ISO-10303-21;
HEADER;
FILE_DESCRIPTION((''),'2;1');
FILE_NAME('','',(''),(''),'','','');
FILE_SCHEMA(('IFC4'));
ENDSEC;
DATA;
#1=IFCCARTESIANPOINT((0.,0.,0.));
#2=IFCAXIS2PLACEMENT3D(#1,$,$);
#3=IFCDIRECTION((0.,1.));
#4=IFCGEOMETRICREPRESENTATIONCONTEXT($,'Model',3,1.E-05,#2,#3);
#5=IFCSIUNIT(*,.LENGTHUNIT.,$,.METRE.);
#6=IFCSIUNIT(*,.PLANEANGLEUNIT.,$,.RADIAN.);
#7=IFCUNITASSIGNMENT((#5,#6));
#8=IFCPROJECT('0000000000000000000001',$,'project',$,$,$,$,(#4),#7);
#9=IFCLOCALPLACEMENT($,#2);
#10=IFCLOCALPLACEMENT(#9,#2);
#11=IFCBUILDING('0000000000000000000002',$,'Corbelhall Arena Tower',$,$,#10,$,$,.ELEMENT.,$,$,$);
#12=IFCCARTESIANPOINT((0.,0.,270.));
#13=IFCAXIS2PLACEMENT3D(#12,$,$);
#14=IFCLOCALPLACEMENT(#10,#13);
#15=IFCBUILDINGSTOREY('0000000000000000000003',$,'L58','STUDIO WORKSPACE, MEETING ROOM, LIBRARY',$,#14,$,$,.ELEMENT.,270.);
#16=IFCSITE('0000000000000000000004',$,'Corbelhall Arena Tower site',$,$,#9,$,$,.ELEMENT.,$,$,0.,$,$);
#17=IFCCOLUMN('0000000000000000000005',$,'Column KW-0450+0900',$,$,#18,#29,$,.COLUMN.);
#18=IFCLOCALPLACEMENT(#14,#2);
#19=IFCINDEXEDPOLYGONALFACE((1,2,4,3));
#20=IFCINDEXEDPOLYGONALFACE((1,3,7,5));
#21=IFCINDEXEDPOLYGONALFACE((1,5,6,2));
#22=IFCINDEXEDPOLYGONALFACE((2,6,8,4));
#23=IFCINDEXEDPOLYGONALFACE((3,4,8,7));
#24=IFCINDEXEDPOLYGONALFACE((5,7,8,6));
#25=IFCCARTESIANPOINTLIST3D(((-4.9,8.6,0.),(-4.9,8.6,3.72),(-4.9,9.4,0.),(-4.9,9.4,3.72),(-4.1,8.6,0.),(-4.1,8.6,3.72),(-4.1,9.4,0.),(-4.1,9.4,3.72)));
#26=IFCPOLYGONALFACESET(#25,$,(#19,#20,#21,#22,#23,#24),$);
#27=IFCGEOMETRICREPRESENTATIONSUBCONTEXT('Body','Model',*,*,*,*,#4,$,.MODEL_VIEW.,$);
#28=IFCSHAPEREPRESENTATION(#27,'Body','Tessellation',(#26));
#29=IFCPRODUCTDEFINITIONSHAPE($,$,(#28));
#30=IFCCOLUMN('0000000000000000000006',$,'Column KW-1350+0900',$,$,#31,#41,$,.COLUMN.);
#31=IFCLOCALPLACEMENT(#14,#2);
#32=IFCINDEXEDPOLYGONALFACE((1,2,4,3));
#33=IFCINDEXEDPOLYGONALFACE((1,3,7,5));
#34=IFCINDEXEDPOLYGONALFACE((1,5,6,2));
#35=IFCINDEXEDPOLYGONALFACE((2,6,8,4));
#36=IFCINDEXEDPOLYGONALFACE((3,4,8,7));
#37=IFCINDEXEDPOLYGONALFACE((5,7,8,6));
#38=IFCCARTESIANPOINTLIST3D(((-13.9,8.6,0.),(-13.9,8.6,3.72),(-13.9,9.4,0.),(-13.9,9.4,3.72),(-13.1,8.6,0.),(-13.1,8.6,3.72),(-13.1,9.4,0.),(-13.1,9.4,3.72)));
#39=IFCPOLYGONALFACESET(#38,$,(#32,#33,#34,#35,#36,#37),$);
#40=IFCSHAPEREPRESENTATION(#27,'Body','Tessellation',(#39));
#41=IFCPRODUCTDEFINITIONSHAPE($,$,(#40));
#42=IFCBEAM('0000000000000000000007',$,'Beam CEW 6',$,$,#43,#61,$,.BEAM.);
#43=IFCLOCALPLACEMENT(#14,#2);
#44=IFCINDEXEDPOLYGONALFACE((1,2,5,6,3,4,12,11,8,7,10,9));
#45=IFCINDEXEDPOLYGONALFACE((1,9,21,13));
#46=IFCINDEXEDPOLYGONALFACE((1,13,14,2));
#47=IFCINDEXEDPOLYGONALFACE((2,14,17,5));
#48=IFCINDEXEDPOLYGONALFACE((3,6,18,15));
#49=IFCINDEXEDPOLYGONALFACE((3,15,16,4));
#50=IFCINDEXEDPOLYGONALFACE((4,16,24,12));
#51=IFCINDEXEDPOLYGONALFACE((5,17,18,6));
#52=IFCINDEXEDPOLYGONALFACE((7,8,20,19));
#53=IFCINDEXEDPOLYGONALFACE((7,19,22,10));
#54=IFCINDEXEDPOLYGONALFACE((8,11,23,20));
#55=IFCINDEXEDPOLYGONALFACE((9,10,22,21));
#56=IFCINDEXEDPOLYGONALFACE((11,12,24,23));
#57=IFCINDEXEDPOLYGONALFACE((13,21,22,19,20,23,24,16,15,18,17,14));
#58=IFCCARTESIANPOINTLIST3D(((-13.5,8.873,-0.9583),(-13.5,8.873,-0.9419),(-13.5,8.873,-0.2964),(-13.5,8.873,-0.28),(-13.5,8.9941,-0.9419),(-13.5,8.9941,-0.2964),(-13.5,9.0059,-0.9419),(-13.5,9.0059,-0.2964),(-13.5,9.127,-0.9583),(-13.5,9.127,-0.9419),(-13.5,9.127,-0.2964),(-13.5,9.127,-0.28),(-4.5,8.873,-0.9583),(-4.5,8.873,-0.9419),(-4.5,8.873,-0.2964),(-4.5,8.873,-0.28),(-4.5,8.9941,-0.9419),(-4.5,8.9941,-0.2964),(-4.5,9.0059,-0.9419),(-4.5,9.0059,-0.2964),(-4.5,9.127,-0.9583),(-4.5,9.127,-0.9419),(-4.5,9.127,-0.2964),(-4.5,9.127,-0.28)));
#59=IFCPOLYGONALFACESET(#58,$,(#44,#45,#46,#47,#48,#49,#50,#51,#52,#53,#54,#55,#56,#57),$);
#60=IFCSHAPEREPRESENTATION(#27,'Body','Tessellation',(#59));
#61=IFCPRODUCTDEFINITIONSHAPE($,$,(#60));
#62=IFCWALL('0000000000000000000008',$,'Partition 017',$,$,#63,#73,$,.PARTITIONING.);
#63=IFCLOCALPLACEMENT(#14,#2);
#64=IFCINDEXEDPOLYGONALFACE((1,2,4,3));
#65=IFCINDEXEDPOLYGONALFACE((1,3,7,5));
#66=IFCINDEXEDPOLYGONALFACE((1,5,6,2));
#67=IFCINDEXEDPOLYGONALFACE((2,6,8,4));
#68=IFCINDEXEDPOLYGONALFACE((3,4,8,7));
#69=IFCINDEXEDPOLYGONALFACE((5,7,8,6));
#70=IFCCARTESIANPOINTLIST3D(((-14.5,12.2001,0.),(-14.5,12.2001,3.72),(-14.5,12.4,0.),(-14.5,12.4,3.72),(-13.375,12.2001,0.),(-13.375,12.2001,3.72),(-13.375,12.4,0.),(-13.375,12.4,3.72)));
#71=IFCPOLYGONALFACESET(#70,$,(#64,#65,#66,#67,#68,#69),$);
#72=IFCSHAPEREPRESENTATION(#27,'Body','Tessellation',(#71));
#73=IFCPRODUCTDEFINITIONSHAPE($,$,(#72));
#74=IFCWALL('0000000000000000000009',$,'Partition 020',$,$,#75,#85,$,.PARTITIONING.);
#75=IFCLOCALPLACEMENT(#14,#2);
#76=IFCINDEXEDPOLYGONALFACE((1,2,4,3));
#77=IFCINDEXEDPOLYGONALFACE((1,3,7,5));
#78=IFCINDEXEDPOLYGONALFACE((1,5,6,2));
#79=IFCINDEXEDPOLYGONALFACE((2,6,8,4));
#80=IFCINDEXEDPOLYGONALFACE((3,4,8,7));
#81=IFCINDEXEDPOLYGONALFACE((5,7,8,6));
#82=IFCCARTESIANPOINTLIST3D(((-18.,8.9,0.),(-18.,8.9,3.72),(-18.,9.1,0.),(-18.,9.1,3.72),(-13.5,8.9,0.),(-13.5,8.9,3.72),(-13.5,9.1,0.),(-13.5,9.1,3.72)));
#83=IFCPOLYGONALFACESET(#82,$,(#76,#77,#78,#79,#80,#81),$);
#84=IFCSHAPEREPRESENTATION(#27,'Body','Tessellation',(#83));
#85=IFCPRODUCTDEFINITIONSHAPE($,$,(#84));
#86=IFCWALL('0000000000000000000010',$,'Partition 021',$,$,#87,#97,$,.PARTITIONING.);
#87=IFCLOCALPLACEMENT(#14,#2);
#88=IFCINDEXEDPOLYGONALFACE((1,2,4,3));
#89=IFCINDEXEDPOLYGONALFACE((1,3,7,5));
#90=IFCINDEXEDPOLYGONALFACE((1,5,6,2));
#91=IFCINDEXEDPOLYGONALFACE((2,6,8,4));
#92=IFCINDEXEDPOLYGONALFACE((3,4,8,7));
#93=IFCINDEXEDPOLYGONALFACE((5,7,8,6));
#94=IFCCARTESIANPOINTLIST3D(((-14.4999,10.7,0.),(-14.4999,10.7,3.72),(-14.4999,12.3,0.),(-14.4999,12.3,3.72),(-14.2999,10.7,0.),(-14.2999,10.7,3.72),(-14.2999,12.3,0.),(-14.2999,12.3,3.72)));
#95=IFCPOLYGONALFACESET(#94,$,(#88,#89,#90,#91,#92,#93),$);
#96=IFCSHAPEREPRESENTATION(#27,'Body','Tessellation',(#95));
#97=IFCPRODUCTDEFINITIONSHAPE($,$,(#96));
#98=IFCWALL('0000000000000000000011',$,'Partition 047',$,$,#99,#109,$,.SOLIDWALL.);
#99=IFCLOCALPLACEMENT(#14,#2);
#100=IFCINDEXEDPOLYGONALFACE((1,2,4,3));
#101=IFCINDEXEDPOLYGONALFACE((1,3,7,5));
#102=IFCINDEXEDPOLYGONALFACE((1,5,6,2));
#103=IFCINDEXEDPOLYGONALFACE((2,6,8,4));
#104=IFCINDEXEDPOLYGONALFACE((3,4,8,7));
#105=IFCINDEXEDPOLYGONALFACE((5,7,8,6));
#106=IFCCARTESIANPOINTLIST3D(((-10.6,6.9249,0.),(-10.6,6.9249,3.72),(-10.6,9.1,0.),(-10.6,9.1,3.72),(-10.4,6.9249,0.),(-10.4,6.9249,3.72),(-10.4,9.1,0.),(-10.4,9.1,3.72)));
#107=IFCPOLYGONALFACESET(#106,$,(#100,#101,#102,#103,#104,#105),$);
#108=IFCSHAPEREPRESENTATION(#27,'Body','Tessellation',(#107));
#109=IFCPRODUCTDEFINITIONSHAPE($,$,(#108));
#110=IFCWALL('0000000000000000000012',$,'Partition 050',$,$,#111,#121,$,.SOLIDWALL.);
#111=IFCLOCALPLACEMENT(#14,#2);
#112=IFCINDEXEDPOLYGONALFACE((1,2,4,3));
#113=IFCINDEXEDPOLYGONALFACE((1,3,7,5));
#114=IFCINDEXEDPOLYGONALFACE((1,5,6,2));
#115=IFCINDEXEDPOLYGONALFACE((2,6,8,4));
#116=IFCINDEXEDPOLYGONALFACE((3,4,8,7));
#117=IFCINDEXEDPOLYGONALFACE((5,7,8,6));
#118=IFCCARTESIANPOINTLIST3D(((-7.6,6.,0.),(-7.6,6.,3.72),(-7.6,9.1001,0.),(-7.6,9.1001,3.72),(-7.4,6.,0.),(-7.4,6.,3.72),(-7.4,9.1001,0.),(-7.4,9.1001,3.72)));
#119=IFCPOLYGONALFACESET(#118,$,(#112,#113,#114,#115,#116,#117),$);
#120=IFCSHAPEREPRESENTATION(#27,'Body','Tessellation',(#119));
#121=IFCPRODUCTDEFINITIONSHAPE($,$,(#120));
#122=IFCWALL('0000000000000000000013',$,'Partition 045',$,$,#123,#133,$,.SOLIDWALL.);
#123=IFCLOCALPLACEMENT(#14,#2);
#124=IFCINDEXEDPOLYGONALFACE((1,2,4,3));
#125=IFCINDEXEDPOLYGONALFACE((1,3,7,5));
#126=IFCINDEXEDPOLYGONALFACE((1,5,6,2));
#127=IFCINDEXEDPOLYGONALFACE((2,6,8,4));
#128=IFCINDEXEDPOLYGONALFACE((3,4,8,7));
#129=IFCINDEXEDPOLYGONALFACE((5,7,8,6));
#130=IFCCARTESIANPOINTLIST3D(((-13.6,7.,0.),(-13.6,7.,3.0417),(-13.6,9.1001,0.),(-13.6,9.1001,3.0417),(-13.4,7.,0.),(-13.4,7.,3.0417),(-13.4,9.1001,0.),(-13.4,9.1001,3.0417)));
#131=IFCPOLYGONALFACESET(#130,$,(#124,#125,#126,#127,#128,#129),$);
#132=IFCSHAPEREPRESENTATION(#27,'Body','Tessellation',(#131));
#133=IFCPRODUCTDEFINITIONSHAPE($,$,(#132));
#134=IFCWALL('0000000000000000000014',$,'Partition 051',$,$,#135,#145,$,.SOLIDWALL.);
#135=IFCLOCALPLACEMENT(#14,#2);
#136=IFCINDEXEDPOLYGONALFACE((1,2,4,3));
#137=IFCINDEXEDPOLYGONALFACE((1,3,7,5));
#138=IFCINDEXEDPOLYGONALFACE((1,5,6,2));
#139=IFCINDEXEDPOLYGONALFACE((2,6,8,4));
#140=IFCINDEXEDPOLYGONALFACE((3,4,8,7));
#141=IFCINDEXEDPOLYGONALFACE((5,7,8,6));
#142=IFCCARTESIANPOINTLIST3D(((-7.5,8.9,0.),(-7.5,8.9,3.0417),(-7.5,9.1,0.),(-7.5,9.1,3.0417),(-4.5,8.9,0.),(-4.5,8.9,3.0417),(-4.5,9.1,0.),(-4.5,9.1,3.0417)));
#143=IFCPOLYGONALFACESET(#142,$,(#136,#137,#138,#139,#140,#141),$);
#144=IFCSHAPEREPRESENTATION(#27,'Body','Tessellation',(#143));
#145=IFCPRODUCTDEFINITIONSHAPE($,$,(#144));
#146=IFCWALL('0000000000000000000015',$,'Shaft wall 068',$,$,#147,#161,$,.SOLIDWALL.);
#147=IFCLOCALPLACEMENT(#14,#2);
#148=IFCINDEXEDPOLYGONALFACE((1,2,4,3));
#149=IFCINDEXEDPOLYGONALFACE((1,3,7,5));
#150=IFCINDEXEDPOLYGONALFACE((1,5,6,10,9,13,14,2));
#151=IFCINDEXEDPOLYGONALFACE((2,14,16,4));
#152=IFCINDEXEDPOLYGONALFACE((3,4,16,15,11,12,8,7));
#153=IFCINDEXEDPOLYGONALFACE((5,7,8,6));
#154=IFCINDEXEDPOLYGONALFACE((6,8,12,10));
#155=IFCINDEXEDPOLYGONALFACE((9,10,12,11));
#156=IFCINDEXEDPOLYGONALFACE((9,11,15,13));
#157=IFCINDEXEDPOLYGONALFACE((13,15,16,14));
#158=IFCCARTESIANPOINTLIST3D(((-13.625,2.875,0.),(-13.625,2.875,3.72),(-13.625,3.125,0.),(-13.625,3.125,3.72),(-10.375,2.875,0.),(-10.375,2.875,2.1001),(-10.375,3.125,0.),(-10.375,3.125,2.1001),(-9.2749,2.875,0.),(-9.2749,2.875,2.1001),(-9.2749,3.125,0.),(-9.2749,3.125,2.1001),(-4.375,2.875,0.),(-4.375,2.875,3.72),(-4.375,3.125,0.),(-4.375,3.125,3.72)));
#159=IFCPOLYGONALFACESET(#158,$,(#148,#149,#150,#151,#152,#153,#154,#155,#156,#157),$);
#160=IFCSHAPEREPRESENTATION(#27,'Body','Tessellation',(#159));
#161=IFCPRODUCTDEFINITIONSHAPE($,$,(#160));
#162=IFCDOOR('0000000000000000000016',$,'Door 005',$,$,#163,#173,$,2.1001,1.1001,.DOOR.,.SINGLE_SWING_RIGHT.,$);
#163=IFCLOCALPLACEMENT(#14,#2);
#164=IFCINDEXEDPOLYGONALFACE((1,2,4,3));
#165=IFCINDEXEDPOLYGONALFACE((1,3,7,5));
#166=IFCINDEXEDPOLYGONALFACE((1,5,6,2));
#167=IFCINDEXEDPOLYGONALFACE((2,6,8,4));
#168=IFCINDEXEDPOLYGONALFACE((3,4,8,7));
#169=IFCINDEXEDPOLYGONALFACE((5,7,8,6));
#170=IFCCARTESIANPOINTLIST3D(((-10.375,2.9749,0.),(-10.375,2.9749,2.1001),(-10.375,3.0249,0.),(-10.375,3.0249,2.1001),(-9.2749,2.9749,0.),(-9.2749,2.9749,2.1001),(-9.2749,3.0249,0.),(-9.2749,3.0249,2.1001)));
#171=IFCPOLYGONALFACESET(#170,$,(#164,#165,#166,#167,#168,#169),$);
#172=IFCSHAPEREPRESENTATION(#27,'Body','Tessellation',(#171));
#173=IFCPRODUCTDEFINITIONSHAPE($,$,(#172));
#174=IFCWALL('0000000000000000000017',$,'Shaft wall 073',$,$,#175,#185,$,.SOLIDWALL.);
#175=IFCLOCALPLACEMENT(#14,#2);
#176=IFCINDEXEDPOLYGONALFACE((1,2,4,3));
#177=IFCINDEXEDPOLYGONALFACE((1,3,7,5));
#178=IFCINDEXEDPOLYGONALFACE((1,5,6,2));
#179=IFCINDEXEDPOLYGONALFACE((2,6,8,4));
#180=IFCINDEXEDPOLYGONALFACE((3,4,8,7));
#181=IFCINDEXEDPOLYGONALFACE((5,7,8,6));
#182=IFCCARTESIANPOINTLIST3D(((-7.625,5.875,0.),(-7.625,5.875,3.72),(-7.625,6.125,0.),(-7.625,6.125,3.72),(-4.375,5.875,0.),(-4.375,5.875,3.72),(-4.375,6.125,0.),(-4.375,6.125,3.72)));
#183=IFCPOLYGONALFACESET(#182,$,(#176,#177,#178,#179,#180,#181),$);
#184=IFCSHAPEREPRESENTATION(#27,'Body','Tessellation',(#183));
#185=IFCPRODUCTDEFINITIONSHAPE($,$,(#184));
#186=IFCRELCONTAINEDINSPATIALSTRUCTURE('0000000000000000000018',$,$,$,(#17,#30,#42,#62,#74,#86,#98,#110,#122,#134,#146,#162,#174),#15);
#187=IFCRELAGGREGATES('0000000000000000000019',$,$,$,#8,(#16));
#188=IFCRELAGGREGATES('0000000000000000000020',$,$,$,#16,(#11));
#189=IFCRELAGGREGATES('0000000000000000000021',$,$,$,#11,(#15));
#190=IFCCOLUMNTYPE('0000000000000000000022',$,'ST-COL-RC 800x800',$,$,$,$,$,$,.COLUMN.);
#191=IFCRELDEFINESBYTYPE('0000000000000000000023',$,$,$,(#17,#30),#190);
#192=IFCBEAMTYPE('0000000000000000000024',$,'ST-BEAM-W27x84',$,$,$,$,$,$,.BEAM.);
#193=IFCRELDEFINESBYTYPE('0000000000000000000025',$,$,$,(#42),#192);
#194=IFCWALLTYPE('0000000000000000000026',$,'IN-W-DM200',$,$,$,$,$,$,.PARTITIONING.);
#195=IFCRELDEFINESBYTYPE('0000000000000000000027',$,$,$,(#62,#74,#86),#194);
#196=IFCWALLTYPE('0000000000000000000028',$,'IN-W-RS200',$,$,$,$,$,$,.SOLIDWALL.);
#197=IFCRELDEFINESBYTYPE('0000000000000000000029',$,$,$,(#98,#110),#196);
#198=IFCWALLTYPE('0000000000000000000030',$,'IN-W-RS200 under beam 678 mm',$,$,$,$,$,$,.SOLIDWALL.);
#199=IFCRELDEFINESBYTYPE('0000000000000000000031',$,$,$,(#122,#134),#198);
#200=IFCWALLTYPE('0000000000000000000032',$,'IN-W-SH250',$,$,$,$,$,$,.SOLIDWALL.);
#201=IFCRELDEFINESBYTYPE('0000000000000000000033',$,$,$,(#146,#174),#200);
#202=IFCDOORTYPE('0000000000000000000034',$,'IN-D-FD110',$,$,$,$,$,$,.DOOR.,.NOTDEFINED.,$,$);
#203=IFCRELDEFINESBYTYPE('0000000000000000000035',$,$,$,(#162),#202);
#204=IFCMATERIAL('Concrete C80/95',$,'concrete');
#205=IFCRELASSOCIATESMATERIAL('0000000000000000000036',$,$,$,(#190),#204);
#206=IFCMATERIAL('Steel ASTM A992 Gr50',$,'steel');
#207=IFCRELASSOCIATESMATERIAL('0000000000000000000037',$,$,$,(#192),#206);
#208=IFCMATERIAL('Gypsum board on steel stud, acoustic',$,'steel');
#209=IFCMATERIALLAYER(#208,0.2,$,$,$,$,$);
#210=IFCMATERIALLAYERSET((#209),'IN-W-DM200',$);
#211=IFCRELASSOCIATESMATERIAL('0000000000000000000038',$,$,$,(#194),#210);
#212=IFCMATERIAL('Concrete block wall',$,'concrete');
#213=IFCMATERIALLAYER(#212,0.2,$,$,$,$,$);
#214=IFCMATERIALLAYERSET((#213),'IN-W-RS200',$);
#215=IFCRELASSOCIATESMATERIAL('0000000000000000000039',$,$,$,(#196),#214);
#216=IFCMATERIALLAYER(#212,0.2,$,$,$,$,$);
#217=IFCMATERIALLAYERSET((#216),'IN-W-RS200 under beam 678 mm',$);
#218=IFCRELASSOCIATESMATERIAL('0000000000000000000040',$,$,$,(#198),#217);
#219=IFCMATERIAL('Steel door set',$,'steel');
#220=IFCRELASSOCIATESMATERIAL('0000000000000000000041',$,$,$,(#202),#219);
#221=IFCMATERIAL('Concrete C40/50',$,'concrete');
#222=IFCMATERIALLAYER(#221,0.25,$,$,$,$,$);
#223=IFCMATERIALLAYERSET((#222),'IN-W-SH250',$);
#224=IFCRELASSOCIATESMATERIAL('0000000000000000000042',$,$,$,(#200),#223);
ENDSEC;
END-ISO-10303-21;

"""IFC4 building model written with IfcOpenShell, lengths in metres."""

from ifc_helpers import new_model, si_unit, direction, frame, frame_2d, origin, origin_2d, place, context, subcontext, project, spatial, rectangle, i_section, extrude, material, layer, layer_set, material_profile, profile_set, type_object, element, fill, save


model = new_model("IFC4")

# Units and contexts
model_context = context("Model", 3, precision=1e-05, world=origin(), true_north=direction((0.0, 1.0)))
body_context = subcontext(model_context, "Body", "Model", "MODEL_VIEW")
ifc_project = project(units=[si_unit("LENGTHUNIT", "METRE"), si_unit("PLANEANGLEUNIT", "RADIAN")], contexts=[model_context])

# Site, building, storey
site_placement = place(None, origin())
site = spatial("IfcSite", under=ifc_project, at=site_placement, Name="Corbelhall Arena Tower site", CompositionType="ELEMENT", RefElevation=0.0)
building_placement = place(site_placement, origin())
building = spatial("IfcBuilding", under=site, at=building_placement, Name="Corbelhall Arena Tower", CompositionType="ELEMENT")
storey_placement = place(building_placement, frame((0.0, 0.0, 270.0)))
storey = spatial("IfcBuildingStorey", under=building, at=storey_placement, Name="L58", Description="STUDIO WORKSPACE, MEETING ROOM, LIBRARY", CompositionType="ELEMENT", Elevation=270.0)

# Columns
ifc_material_1 = material(Name="Concrete C80/95", Category="concrete")
ifc_material_profile_1 = material_profile(ifc_material_1, rectangle(XDim=0.8, YDim=0.8, at=origin_2d()))
ifc_profile_set_1 = profile_set([ifc_material_profile_1], Name="Concrete C80/95")
column_type = type_object("IfcColumnType", Name="ST-COL-RC 800x800", PredefinedType="COLUMN", material=ifc_profile_set_1)
for number, where, z_axis, x_axis, name in (
    (1, (-4.5, 9.0, 0.0), (0.0, 0.0, 1.0), (1.0, 0.0, 0.0), "Column KW-0450+0900"),
    (2, (-13.5, 9.0, 0.0), (0.0, 0.0, 1.0), (1.0, 0.0, 0.0), "Column KW-1350+0900"),
):
    element("IfcColumn", number, at=place(storey_placement, frame(where, z_axis=z_axis, x_axis=x_axis)), inside=storey, type_object=column_type, Name=name, PredefinedType="COLUMN", context=body_context, shape_type="SweptSolid", body=[
        extrude(rectangle(XDim=0.8, YDim=0.8, at=origin_2d()), origin(), (0.0, 0.0, 1.0), 3.72),
    ])

# Beam
ifc_material_2 = material(Name="Steel ASTM A992 Gr50", Category="steel")
ifc_material_profile_2 = material_profile(ifc_material_2, i_section(OverallWidth=0.2539, OverallDepth=0.6782, WebThickness=0.0117, FlangeThickness=0.0164, at=origin_2d()))
ifc_profile_set_2 = profile_set([ifc_material_profile_2], Name="Steel ASTM A992 Gr50")
beam_type = type_object("IfcBeamType", Name="ST-BEAM-W27x84", PredefinedType="BEAM", material=ifc_profile_set_2)
beam_placement = place(storey_placement, frame((-13.5, 9.0, -0.6191), z_axis=(1.0, 0.0, 0.0), x_axis=(0.0, 1.0, 0.0)))
element("IfcBeam", 3, at=beam_placement, inside=storey, type_object=beam_type, Name="Beam CEW 6", PredefinedType="BEAM", context=body_context, shape_type="SweptSolid", body=[
    extrude(i_section(OverallWidth=0.2539, OverallDepth=0.6782, WebThickness=0.0117, FlangeThickness=0.0164, at=origin_2d()), origin(), (0.0, 0.0, 1.0), 9.0),
])

# Walls
ifc_material_3 = material(Name="Gypsum board on steel stud, acoustic", Category="steel")
ifc_layer_1 = layer(ifc_material_3, 0.2)
ifc_layer_set_1 = layer_set([ifc_layer_1], Name="IN-W-DM200")
wall_type_1 = type_object("IfcWallType", Name="IN-W-DM200", PredefinedType="PARTITIONING", material=ifc_layer_set_1)
wall_1_placement = place(storey_placement, frame((-14.5, 12.3, 0.0), z_axis=(0.0, 0.0, 1.0), x_axis=(1.0, 0.0, 0.0)))
element("IfcWall", 4, at=wall_1_placement, inside=storey, type_object=wall_type_1, Name="Partition 017", PredefinedType="PARTITIONING", context=body_context, shape_type="SweptSolid", body=[
    extrude(rectangle(XDim=1.125, YDim=0.2, at=frame_2d((0.5625, 0.0))), origin(), (0.0, 0.0, 1.0), 3.72),
])
wall_2_placement = place(storey_placement, frame((-13.5, 9.0, 0.0), z_axis=(0.0, 0.0, 1.0), x_axis=(-1.0, 0.0, 0.0)))
element("IfcWall", 5, at=wall_2_placement, inside=storey, type_object=wall_type_1, Name="Partition 020", PredefinedType="PARTITIONING", context=body_context, shape_type="SweptSolid", body=[
    extrude(rectangle(XDim=4.5, YDim=0.2, at=frame_2d((2.25, 0.0))), origin(), (0.0, 0.0, 1.0), 3.72),
])
wall_3_placement = place(storey_placement, frame((-14.3999, 10.7, 0.0), z_axis=(0.0, 0.0, 1.0), x_axis=(0.0, 1.0, 0.0)))
element("IfcWall", 6, at=wall_3_placement, inside=storey, type_object=wall_type_1, Name="Partition 021", PredefinedType="PARTITIONING", context=body_context, shape_type="SweptSolid", body=[
    extrude(rectangle(XDim=1.6001, YDim=0.2, at=frame_2d((0.8, 0.0))), origin(), (0.0, 0.0, 1.0), 3.72),
])
ifc_material_4 = material(Name="Concrete block wall", Category="concrete")
ifc_layer_2 = layer(ifc_material_4, 0.2)
ifc_layer_set_2 = layer_set([ifc_layer_2], Name="IN-W-RS200")
wall_type_2 = type_object("IfcWallType", Name="IN-W-RS200", PredefinedType="SOLIDWALL", material=ifc_layer_set_2)
wall_4_placement = place(storey_placement, frame((-10.5, 6.925, 0.0), z_axis=(0.0, 0.0, 1.0), x_axis=(0.0, 1.0, 0.0)))
element("IfcWall", 7, at=wall_4_placement, inside=storey, type_object=wall_type_2, Name="Partition 047", PredefinedType="SOLIDWALL", context=body_context, shape_type="SweptSolid", body=[
    extrude(rectangle(XDim=2.175, YDim=0.2, at=frame_2d((1.0874, 0.0))), origin(), (0.0, 0.0, 1.0), 3.72),
])
wall_5_placement = place(storey_placement, frame((-7.5, 6.0, 0.0), z_axis=(0.0, 0.0, 1.0), x_axis=(0.0, 1.0, 0.0)))
element("IfcWall", 8, at=wall_5_placement, inside=storey, type_object=wall_type_2, Name="Partition 050", PredefinedType="SOLIDWALL", context=body_context, shape_type="SweptSolid", body=[
    extrude(rectangle(XDim=3.1001, YDim=0.2, at=frame_2d((1.55, 0.0))), origin(), (0.0, 0.0, 1.0), 3.72),
])

# Shared definitions
ifc_layer_3 = layer(ifc_material_4, 0.2)
ifc_layer_set_3 = layer_set([ifc_layer_3], Name="IN-W-RS200 under beam 678 mm")
wall_type_3 = type_object("IfcWallType", Name="IN-W-RS200 under beam 678 mm", PredefinedType="SOLIDWALL", material=ifc_layer_set_3)
ifc_material_5 = material(Name="Steel door set", Category="steel")
door_type_1 = type_object("IfcDoorType", Name="IN-D-FD110", OperationType="NOTDEFINED", PredefinedType="DOOR", material=ifc_material_5)

# Walls
wall_6_placement = place(storey_placement, frame((-13.5, 7.0, 0.0), z_axis=(0.0, 0.0, 1.0), x_axis=(0.0, 1.0, 0.0)))
element("IfcWall", 9, at=wall_6_placement, inside=storey, type_object=wall_type_3, Name="Partition 045", PredefinedType="SOLIDWALL", context=body_context, shape_type="SweptSolid", body=[
    extrude(rectangle(XDim=2.1001, YDim=0.2, at=frame_2d((1.05, 0.0))), origin(), (0.0, 0.0, 1.0), 3.0417),
])
wall_7_placement = place(storey_placement, frame((-7.5, 9.0, 0.0), z_axis=(0.0, 0.0, 1.0), x_axis=(1.0, 0.0, 0.0)))
element("IfcWall", 10, at=wall_7_placement, inside=storey, type_object=wall_type_3, Name="Partition 051", PredefinedType="SOLIDWALL", context=body_context, shape_type="SweptSolid", body=[
    extrude(rectangle(XDim=3.0, YDim=0.2, at=frame_2d((1.5, 0.0))), origin(), (0.0, 0.0, 1.0), 3.0417),
])

# Wall, opening, door
ifc_material_6 = material(Name="Concrete C40/50", Category="concrete")
ifc_layer_4 = layer(ifc_material_6, 0.25)
ifc_layer_set_4 = layer_set([ifc_layer_4], Name="IN-W-SH250")
wall_type_4 = type_object("IfcWallType", Name="IN-W-SH250", PredefinedType="SOLIDWALL", material=ifc_layer_set_4)
wall_8_placement = place(storey_placement, frame((-13.625, 3.0, 0.0), z_axis=(0.0, 0.0, 1.0), x_axis=(1.0, 0.0, 0.0)))
wall_8 = element("IfcWall", 11, at=wall_8_placement, inside=storey, type_object=wall_type_4, Name="Shaft wall 068", PredefinedType="SOLIDWALL", context=body_context, shape_type="SweptSolid", body=[
    extrude(rectangle(XDim=9.25, YDim=0.25, at=frame_2d((4.625, 0.0))), origin(), (0.0, 0.0, 1.0), 3.72),
])
opening_1_placement = place(wall_8_placement, frame((3.25, 0.0, 0.0)))
opening_1 = element("IfcOpeningElement", 12, at=opening_1_placement, cuts=wall_8, PredefinedType="OPENING", context=body_context, shape_type="SweptSolid", body=[
    extrude(rectangle(XDim=1.1001, YDim=2.1001, at=frame_2d((0.55, 1.05))), frame((0.0, 0.125, 0.0), z_axis=(0.0, -1.0, 0.0), x_axis=(1.0, 0.0, 0.0)), (0.0, 0.0, 1.0), 0.25),
])
door_1_placement = place(opening_1_placement, origin())
door_1 = element("IfcDoor", 13, at=door_1_placement, inside=storey, type_object=door_type_1, Name="Door 005", OperationType="SINGLE_SWING_RIGHT", OverallHeight=2.1001, OverallWidth=1.1001, PredefinedType="DOOR", context=body_context, shape_type="SweptSolid", body=[
    extrude(rectangle(XDim=1.1001, YDim=2.1001, at=frame_2d((0.55, 1.05))), frame((0.0, 0.0249, 0.0), z_axis=(0.0, -1.0, 0.0), x_axis=(1.0, 0.0, 0.0)), (0.0, 0.0, 1.0), 0.05),
])
fill(opening_1, door_1)

# Wall
wall_9_placement = place(storey_placement, frame((-7.625, 6.0, 0.0), z_axis=(0.0, 0.0, 1.0), x_axis=(1.0, 0.0, 0.0)))
element("IfcWall", 14, at=wall_9_placement, inside=storey, type_object=wall_type_4, Name="Shaft wall 073", PredefinedType="SOLIDWALL", context=body_context, shape_type="SweptSolid", body=[
    extrude(rectangle(XDim=3.25, YDim=0.25, at=frame_2d((1.625, 0.0))), origin(), (0.0, 0.0, 1.0), 3.72),
])

save(model, "model.ifc")
